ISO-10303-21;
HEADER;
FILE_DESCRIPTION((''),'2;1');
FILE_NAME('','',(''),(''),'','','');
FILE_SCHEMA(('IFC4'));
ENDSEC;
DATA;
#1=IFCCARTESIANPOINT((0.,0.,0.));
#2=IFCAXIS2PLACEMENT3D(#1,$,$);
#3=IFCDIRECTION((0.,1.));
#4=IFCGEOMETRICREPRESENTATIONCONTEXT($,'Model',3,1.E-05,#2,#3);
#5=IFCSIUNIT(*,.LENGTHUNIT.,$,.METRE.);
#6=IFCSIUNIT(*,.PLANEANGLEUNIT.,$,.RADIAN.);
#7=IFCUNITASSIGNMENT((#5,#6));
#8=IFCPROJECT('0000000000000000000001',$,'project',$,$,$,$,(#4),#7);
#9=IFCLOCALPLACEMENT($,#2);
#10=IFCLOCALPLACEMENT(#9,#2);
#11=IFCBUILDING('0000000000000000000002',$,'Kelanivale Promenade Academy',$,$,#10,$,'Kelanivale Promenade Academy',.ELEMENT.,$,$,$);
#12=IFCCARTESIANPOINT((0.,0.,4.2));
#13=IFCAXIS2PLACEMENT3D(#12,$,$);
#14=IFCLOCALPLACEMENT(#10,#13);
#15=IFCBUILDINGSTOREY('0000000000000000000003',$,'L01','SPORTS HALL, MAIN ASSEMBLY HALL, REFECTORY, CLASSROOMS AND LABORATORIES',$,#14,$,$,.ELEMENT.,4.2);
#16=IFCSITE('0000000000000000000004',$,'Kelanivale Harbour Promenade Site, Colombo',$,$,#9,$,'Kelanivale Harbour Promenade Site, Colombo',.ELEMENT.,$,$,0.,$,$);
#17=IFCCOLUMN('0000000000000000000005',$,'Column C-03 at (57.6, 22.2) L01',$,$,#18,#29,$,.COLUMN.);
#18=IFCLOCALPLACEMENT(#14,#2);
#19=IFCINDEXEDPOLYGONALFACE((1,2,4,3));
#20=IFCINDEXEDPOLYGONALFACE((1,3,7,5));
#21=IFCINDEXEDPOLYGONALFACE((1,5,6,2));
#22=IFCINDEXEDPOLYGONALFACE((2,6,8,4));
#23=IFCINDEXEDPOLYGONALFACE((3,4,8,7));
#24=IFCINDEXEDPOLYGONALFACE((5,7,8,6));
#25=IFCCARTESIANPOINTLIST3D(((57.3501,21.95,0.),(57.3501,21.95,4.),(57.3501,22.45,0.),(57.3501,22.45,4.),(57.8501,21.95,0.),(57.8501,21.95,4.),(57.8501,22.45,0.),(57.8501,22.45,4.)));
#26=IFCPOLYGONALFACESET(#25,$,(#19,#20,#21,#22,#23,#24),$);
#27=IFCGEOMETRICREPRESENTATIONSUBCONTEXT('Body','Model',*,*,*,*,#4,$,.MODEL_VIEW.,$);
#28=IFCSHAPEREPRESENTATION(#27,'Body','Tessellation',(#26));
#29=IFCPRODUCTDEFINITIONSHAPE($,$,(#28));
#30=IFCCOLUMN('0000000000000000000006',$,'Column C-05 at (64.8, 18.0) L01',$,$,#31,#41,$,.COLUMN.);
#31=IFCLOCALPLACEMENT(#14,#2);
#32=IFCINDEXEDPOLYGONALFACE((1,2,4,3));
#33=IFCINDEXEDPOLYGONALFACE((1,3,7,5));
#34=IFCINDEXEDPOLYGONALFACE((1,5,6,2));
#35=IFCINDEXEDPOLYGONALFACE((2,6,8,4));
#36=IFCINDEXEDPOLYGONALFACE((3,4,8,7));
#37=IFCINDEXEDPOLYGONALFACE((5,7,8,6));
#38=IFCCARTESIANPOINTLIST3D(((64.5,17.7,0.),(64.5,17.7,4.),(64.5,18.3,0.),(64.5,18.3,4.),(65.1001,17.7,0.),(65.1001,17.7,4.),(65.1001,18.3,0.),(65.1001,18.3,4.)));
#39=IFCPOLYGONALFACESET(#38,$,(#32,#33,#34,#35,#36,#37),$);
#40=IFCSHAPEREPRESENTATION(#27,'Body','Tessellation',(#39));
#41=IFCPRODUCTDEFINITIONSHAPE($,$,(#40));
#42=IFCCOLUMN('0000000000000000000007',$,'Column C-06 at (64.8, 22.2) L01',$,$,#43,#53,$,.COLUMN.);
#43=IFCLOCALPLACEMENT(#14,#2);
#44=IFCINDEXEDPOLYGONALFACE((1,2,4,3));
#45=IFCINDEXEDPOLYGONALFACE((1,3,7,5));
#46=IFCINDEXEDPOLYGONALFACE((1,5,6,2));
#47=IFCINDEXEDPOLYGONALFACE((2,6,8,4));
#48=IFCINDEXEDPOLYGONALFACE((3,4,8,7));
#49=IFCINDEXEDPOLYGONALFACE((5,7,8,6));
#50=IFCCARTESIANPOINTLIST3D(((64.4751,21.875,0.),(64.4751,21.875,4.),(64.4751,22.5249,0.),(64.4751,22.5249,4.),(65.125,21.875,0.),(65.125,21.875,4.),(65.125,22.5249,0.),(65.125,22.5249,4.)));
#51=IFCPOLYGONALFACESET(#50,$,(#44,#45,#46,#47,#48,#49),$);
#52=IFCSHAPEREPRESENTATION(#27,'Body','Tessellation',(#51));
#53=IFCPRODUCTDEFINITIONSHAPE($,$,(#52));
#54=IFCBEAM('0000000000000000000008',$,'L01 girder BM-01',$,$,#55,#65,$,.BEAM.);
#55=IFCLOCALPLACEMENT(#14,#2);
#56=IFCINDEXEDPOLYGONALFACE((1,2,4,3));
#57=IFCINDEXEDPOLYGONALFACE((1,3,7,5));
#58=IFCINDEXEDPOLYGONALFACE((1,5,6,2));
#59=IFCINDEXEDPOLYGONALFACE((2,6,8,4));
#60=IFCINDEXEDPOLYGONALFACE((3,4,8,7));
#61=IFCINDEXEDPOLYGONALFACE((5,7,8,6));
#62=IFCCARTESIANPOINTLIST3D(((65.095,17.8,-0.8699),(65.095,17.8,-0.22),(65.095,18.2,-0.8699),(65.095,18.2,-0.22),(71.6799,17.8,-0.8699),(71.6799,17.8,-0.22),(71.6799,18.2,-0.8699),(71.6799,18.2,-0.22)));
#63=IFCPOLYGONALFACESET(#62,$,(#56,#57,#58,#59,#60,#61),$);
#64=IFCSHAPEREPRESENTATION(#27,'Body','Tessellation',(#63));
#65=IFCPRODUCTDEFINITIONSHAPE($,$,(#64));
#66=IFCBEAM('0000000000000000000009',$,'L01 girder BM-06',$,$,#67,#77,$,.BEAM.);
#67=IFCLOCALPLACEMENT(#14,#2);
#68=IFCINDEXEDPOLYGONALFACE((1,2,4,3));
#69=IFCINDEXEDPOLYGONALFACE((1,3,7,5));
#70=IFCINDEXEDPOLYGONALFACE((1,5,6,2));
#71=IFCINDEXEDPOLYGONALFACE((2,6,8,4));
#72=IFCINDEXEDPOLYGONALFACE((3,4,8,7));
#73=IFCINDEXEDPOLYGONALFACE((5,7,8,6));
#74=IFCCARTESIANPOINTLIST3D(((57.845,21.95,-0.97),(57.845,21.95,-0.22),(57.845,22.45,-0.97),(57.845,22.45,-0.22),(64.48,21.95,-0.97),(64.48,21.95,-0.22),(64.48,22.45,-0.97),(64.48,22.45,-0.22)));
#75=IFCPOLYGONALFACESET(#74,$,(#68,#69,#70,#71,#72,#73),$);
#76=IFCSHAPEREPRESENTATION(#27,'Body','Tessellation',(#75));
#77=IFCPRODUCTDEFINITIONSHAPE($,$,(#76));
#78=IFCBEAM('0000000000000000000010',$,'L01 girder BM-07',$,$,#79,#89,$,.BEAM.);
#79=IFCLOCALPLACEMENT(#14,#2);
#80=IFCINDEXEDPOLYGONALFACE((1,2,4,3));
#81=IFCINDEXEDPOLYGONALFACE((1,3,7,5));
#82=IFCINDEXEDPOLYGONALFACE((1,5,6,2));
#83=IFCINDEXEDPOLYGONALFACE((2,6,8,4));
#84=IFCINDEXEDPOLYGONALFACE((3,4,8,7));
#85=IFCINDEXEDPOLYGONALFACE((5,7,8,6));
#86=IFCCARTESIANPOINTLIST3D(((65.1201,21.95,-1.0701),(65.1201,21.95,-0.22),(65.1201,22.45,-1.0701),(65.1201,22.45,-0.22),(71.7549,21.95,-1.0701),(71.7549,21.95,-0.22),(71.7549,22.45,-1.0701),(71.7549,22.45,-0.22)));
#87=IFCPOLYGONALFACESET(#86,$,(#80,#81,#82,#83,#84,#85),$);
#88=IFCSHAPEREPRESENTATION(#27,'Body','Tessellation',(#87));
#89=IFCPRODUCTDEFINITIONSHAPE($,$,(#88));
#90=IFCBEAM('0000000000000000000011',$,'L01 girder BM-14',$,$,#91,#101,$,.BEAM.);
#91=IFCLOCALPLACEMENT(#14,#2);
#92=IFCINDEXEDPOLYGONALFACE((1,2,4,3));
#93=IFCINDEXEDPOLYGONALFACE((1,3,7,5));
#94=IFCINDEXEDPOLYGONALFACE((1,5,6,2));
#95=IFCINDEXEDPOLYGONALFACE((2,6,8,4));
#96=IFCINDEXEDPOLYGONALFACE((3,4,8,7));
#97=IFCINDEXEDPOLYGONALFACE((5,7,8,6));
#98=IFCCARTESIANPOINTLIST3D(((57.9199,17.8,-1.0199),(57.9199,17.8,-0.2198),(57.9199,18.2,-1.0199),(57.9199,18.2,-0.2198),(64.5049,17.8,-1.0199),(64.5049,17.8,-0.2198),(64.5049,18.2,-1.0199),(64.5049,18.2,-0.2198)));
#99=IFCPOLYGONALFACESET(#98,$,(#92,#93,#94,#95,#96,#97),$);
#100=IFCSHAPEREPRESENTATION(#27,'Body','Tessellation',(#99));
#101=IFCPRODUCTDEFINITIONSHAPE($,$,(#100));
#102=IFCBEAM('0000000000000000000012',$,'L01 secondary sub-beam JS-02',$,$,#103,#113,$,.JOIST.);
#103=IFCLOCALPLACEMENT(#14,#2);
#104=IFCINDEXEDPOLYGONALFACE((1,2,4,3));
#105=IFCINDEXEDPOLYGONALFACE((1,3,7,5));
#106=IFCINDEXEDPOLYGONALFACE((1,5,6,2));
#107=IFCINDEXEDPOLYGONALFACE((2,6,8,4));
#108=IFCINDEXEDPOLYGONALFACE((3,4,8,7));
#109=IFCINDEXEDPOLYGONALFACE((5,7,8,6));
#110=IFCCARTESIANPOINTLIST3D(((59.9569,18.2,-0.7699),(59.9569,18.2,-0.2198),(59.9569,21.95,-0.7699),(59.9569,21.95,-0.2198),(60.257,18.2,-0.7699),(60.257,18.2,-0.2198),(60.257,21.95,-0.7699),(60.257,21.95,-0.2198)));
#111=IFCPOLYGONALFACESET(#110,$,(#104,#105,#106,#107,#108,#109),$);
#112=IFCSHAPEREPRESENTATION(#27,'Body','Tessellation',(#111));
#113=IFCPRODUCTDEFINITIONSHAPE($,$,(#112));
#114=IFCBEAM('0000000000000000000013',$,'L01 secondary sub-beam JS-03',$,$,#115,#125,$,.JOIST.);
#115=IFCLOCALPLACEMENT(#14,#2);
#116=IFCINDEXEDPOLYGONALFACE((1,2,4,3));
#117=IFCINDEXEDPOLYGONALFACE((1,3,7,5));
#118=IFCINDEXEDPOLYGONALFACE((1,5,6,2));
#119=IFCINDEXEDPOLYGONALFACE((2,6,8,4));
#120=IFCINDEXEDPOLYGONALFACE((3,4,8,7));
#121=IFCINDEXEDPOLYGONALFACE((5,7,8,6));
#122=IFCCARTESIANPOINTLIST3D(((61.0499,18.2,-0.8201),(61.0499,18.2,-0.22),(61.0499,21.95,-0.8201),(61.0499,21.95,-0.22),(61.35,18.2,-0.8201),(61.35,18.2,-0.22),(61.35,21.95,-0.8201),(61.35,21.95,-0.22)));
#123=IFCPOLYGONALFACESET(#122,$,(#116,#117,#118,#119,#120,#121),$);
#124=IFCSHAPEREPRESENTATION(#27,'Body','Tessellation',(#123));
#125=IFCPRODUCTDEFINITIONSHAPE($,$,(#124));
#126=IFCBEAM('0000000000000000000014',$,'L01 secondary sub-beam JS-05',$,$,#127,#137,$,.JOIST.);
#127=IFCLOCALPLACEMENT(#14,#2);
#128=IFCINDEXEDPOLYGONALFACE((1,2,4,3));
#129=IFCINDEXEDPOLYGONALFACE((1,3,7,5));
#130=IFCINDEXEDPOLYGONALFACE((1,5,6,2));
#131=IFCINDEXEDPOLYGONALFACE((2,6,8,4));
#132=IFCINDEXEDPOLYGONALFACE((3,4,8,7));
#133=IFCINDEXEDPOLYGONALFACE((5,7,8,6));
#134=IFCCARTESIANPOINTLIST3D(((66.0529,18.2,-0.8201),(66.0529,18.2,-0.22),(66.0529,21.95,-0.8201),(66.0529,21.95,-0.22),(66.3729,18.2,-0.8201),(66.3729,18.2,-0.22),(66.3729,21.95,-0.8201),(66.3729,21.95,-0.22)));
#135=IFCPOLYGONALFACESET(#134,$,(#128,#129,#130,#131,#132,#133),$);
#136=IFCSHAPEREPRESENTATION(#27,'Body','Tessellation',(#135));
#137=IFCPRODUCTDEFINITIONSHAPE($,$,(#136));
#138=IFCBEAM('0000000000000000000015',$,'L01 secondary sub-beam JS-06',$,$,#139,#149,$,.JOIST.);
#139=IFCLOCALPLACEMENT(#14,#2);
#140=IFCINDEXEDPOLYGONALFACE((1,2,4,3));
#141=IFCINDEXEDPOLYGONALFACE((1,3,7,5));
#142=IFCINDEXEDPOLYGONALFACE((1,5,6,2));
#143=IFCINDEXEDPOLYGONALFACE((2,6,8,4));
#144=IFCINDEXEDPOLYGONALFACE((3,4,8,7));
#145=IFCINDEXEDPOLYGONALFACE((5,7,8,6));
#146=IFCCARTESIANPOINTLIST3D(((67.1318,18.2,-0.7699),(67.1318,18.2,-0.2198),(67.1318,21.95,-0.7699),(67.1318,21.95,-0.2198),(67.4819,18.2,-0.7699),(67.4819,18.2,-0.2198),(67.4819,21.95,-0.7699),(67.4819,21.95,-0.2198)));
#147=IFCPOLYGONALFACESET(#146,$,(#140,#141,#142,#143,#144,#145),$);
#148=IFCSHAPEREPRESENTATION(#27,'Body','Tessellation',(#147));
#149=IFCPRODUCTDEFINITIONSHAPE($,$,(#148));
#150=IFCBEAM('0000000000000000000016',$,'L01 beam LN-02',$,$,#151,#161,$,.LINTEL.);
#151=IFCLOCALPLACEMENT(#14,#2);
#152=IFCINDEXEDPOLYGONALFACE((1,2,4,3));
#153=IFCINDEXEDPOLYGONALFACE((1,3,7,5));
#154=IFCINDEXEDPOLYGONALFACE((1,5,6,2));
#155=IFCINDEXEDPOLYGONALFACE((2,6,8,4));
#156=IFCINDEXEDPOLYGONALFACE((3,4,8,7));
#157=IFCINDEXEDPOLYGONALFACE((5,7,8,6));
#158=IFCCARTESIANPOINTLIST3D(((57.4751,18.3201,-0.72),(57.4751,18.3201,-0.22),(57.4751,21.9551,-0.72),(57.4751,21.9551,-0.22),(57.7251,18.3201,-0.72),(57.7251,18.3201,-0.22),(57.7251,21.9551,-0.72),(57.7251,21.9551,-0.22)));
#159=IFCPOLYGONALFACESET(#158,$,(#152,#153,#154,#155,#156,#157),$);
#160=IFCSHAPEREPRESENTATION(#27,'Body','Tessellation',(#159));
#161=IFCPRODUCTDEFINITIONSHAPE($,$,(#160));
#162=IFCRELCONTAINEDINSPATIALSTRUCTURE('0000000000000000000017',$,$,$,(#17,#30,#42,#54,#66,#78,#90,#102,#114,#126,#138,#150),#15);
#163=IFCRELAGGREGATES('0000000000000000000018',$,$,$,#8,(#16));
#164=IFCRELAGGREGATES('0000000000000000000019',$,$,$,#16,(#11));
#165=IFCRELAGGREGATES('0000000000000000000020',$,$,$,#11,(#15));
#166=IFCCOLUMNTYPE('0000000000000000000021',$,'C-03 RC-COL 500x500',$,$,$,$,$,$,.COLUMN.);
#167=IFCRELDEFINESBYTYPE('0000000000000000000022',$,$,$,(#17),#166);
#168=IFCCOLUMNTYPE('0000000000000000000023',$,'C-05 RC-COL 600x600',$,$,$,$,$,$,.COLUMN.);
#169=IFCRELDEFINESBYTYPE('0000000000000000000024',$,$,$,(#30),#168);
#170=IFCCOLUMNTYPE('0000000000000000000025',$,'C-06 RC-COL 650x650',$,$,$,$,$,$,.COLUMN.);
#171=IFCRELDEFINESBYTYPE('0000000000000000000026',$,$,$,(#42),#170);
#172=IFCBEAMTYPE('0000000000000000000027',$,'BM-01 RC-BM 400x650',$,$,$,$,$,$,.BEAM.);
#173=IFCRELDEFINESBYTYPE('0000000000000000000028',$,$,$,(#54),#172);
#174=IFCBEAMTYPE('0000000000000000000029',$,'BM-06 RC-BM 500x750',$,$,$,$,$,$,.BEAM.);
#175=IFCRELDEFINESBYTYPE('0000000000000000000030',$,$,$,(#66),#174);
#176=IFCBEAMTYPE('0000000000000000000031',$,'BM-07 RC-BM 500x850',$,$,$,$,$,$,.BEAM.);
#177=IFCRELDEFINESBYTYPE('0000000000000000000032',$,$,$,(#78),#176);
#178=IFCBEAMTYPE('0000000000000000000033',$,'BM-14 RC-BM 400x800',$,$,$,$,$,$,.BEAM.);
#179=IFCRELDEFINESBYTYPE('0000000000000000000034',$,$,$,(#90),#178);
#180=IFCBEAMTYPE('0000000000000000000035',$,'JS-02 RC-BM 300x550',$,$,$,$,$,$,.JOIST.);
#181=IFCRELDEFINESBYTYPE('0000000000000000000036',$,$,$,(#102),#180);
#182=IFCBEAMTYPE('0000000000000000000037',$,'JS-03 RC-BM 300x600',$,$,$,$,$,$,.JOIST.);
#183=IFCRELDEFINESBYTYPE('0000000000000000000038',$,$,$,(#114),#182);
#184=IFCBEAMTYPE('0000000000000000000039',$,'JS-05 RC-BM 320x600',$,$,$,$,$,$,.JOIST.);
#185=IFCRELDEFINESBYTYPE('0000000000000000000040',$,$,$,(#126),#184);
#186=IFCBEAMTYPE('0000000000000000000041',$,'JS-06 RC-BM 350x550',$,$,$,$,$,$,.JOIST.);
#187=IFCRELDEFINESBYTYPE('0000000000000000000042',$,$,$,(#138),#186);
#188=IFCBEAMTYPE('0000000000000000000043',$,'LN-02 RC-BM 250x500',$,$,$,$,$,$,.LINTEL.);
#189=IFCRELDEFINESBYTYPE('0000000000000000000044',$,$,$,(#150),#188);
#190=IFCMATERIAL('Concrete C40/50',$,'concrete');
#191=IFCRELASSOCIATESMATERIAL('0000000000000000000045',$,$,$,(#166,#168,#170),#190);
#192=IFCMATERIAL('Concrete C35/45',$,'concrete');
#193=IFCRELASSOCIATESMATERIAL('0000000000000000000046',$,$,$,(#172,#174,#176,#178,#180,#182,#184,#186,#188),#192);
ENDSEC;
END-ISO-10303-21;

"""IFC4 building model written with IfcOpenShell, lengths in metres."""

from ifc_helpers import new_model, si_unit, direction, frame, origin, origin_2d, place, context, subcontext, project, spatial, rectangle, extrude, material, material_profile, profile_set, type_object, element, save


model = new_model("IFC4")

# Units and contexts
model_context = context("Model", 3, precision=1e-05, world=origin(), true_north=direction((0.0, 1.0)))
body_context = subcontext(model_context, "Body", "Model", "MODEL_VIEW")
ifc_project = project(units=[si_unit("LENGTHUNIT", "METRE"), si_unit("PLANEANGLEUNIT", "RADIAN")], contexts=[model_context])

# Site, building, storey
site_placement = place(None, origin())
site = spatial("IfcSite", under=ifc_project, at=site_placement, Name="Kelanivale Harbour Promenade Site, Colombo", LongName="Kelanivale Harbour Promenade Site, Colombo", CompositionType="ELEMENT", RefElevation=0.0)
building_placement = place(site_placement, origin())
building = spatial("IfcBuilding", under=site, at=building_placement, Name="Kelanivale Promenade Academy", LongName="Kelanivale Promenade Academy", CompositionType="ELEMENT")
storey_placement = place(building_placement, frame((0.0, 0.0, 4.2)))
storey = spatial("IfcBuildingStorey", under=building, at=storey_placement, Name="L01", Description="SPORTS HALL, MAIN ASSEMBLY HALL, REFECTORY, CLASSROOMS AND LABORATORIES", CompositionType="ELEMENT", Elevation=4.2)

# Columns
ifc_material_1 = material(Name="Concrete C40/50", Category="concrete")
ifc_material_profile_1 = material_profile(ifc_material_1, rectangle(XDim=0.5, YDim=0.5, at=origin_2d()), Name="RC-COL 500x500")
ifc_profile_set_1 = profile_set([ifc_material_profile_1], Name="Concrete C40/50")
column_type_1 = type_object("IfcColumnType", Name="C-03 RC-COL 500x500", PredefinedType="COLUMN", material=ifc_profile_set_1)
column_1_placement = place(storey_placement, frame((57.6001, 22.2, 0.0), z_axis=(0.0, 0.0, 1.0), x_axis=(1.0, 0.0, 0.0)))
element("IfcColumn", 1, at=column_1_placement, inside=storey, type_object=column_type_1, Name="Column C-03 at (57.6, 22.2) L01", PredefinedType="COLUMN", context=body_context, shape_type="SweptSolid", body=[
    extrude(rectangle(XDim=0.5, YDim=0.5, at=origin_2d()), origin(), (0.0, 0.0, 1.0), 4.0),
])
ifc_material_profile_2 = material_profile(ifc_material_1, rectangle(XDim=0.6001, YDim=0.6001, at=origin_2d()), Name="RC-COL 600x600")
ifc_profile_set_2 = profile_set([ifc_material_profile_2], Name="Concrete C40/50")
column_type_2 = type_object("IfcColumnType", Name="C-05 RC-COL 600x600", PredefinedType="COLUMN", material=ifc_profile_set_2)
column_2_placement = place(storey_placement, frame((64.8, 18.0, 0.0), z_axis=(0.0, 0.0, 1.0), x_axis=(1.0, 0.0, 0.0)))
element("IfcColumn", 2, at=column_2_placement, inside=storey, type_object=column_type_2, Name="Column C-05 at (64.8, 18.0) L01", PredefinedType="COLUMN", context=body_context, shape_type="SweptSolid", body=[
    extrude(rectangle(XDim=0.6001, YDim=0.6001, at=origin_2d()), origin(), (0.0, 0.0, 1.0), 4.0),
])
ifc_material_profile_3 = material_profile(ifc_material_1, rectangle(XDim=0.6499, YDim=0.6499, at=origin_2d()), Name="RC-COL 650x650")
ifc_profile_set_3 = profile_set([ifc_material_profile_3], Name="Concrete C40/50")
column_type_3 = type_object("IfcColumnType", Name="C-06 RC-COL 650x650", PredefinedType="COLUMN", material=ifc_profile_set_3)
column_3_placement = place(storey_placement, frame((64.8, 22.2, 0.0), z_axis=(0.0, 0.0, 1.0), x_axis=(1.0, 0.0, 0.0)))
element("IfcColumn", 3, at=column_3_placement, inside=storey, type_object=column_type_3, Name="Column C-06 at (64.8, 22.2) L01", PredefinedType="COLUMN", context=body_context, shape_type="SweptSolid", body=[
    extrude(rectangle(XDim=0.6499, YDim=0.6499, at=origin_2d()), origin(), (0.0, 0.0, 1.0), 4.0),
])

# Beams
ifc_material_2 = material(Name="Concrete C35/45", Category="concrete")
ifc_material_profile_4 = material_profile(ifc_material_2, rectangle(XDim=0.3999, YDim=0.6499, at=origin_2d()), Name="RC-BM 400x650")
ifc_profile_set_4 = profile_set([ifc_material_profile_4], Name="Concrete C35/45")
beam_type_1 = type_object("IfcBeamType", Name="BM-01 RC-BM 400x650", PredefinedType="BEAM", material=ifc_profile_set_4)
beam_1_placement = place(storey_placement, frame((65.095, 18.0, -0.5449), z_axis=(1.0, 0.0, 0.0), x_axis=(0.0, 1.0, 0.0)))
element("IfcBeam", 4, at=beam_1_placement, inside=storey, type_object=beam_type_1, Name="L01 girder BM-01", PredefinedType="BEAM", context=body_context, shape_type="SweptSolid", body=[
    extrude(rectangle(XDim=0.3999, YDim=0.6499, at=origin_2d()), origin(), (0.0, 0.0, 1.0), 6.585),
])
ifc_material_profile_5 = material_profile(ifc_material_2, rectangle(XDim=0.5, YDim=0.75, at=origin_2d()), Name="RC-BM 500x750")
ifc_profile_set_5 = profile_set([ifc_material_profile_5], Name="Concrete C35/45")
beam_type_2 = type_object("IfcBeamType", Name="BM-06 RC-BM 500x750", PredefinedType="BEAM", material=ifc_profile_set_5)
beam_2_placement = place(storey_placement, frame((57.845, 22.2, -0.595), z_axis=(1.0, 0.0, 0.0), x_axis=(0.0, 1.0, 0.0)))
element("IfcBeam", 5, at=beam_2_placement, inside=storey, type_object=beam_type_2, Name="L01 girder BM-06", PredefinedType="BEAM", context=body_context, shape_type="SweptSolid", body=[
    extrude(rectangle(XDim=0.5, YDim=0.75, at=origin_2d()), origin(), (0.0, 0.0, 1.0), 6.635),
])
ifc_material_profile_6 = material_profile(ifc_material_2, rectangle(XDim=0.5, YDim=0.8501, at=origin_2d()), Name="RC-BM 500x850")
ifc_profile_set_6 = profile_set([ifc_material_profile_6], Name="Concrete C35/45")
beam_type_3 = type_object("IfcBeamType", Name="BM-07 RC-BM 500x850", PredefinedType="BEAM", material=ifc_profile_set_6)
beam_3_placement = place(storey_placement, frame((65.1201, 22.2, -0.645), z_axis=(1.0, 0.0, 0.0), x_axis=(0.0, 1.0, 0.0)))
element("IfcBeam", 6, at=beam_3_placement, inside=storey, type_object=beam_type_3, Name="L01 girder BM-07", PredefinedType="BEAM", context=body_context, shape_type="SweptSolid", body=[
    extrude(rectangle(XDim=0.5, YDim=0.8501, at=origin_2d()), origin(), (0.0, 0.0, 1.0), 6.6348),
])
ifc_material_profile_7 = material_profile(ifc_material_2, rectangle(XDim=0.3999, YDim=0.8, at=origin_2d()), Name="RC-BM 400x800")
ifc_profile_set_7 = profile_set([ifc_material_profile_7], Name="Concrete C35/45")
beam_type_4 = type_object("IfcBeamType", Name="BM-14 RC-BM 400x800", PredefinedType="BEAM", material=ifc_profile_set_7)
beam_4_placement = place(storey_placement, frame((57.9199, 18.0, -0.6199), z_axis=(1.0, 0.0, 0.0), x_axis=(0.0, 1.0, 0.0)))
element("IfcBeam", 7, at=beam_4_placement, inside=storey, type_object=beam_type_4, Name="L01 girder BM-14", PredefinedType="BEAM", context=body_context, shape_type="SweptSolid", body=[
    extrude(rectangle(XDim=0.3999, YDim=0.8, at=origin_2d()), origin(), (0.0, 0.0, 1.0), 6.585),
])
ifc_material_profile_8 = material_profile(ifc_material_2, rectangle(XDim=0.3, YDim=0.55, at=origin_2d()), Name="RC-BM 300x550")
ifc_profile_set_8 = profile_set([ifc_material_profile_8], Name="Concrete C35/45")
beam_type_5 = type_object("IfcBeamType", Name="JS-02 RC-BM 300x550", PredefinedType="JOIST", material=ifc_profile_set_8)
beam_5_placement = place(storey_placement, frame((60.1069, 18.2, -0.4949), z_axis=(0.0, 1.0, 0.0), x_axis=(-1.0, 0.0, 0.0)))
element("IfcBeam", 8, at=beam_5_placement, inside=storey, type_object=beam_type_5, Name="L01 secondary sub-beam JS-02", PredefinedType="JOIST", context=body_context, shape_type="SweptSolid", body=[
    extrude(rectangle(XDim=0.3, YDim=0.55, at=origin_2d()), origin(), (0.0, 0.0, 1.0), 3.75),
])
ifc_material_profile_9 = material_profile(ifc_material_2, rectangle(XDim=0.3, YDim=0.6001, at=origin_2d()), Name="RC-BM 300x600")
ifc_profile_set_9 = profile_set([ifc_material_profile_9], Name="Concrete C35/45")
beam_type_6 = type_object("IfcBeamType", Name="JS-03 RC-BM 300x600", PredefinedType="JOIST", material=ifc_profile_set_9)
beam_6_placement = place(storey_placement, frame((61.2, 18.2, -0.52), z_axis=(0.0, 1.0, 0.0), x_axis=(-1.0, 0.0, 0.0)))
element("IfcBeam", 9, at=beam_6_placement, inside=storey, type_object=beam_type_6, Name="L01 secondary sub-beam JS-03", PredefinedType="JOIST", context=body_context, shape_type="SweptSolid", body=[
    extrude(rectangle(XDim=0.3, YDim=0.6001, at=origin_2d()), origin(), (0.0, 0.0, 1.0), 3.75),
])
ifc_material_profile_10 = material_profile(ifc_material_2, rectangle(XDim=0.3201, YDim=0.6001, at=origin_2d()), Name="RC-BM 320x600")
ifc_profile_set_10 = profile_set([ifc_material_profile_10], Name="Concrete C35/45")
beam_type_7 = type_object("IfcBeamType", Name="JS-05 RC-BM 320x600", PredefinedType="JOIST", material=ifc_profile_set_10)
beam_7_placement = place(storey_placement, frame((66.2129, 18.2, -0.52), z_axis=(0.0, 1.0, 0.0), x_axis=(-1.0, 0.0, 0.0)))
element("IfcBeam", 10, at=beam_7_placement, inside=storey, type_object=beam_type_7, Name="L01 secondary sub-beam JS-05", PredefinedType="JOIST", context=body_context, shape_type="SweptSolid", body=[
    extrude(rectangle(XDim=0.3201, YDim=0.6001, at=origin_2d()), origin(), (0.0, 0.0, 1.0), 3.75),
])
ifc_material_profile_11 = material_profile(ifc_material_2, rectangle(XDim=0.3501, YDim=0.55, at=origin_2d()), Name="RC-BM 350x550")
ifc_profile_set_11 = profile_set([ifc_material_profile_11], Name="Concrete C35/45")
beam_type_8 = type_object("IfcBeamType", Name="JS-06 RC-BM 350x550", PredefinedType="JOIST", material=ifc_profile_set_11)
beam_8_placement = place(storey_placement, frame((67.3069, 18.2, -0.4949), z_axis=(0.0, 1.0, 0.0), x_axis=(-1.0, 0.0, 0.0)))
element("IfcBeam", 11, at=beam_8_placement, inside=storey, type_object=beam_type_8, Name="L01 secondary sub-beam JS-06", PredefinedType="JOIST", context=body_context, shape_type="SweptSolid", body=[
    extrude(rectangle(XDim=0.3501, YDim=0.55, at=origin_2d()), origin(), (0.0, 0.0, 1.0), 3.75),
])
ifc_material_profile_12 = material_profile(ifc_material_2, rectangle(XDim=0.25, YDim=0.5, at=origin_2d()), Name="RC-BM 250x500")
ifc_profile_set_12 = profile_set([ifc_material_profile_12], Name="Concrete C35/45")
beam_type_9 = type_object("IfcBeamType", Name="LN-02 RC-BM 250x500", PredefinedType="LINTEL", material=ifc_profile_set_12)
beam_9_placement = place(storey_placement, frame((57.6001, 18.3201, -0.47), z_axis=(0.0, 1.0, 0.0), x_axis=(-1.0, 0.0, 0.0)))
element("IfcBeam", 12, at=beam_9_placement, inside=storey, type_object=beam_type_9, Name="L01 beam LN-02", PredefinedType="LINTEL", context=body_context, shape_type="SweptSolid", body=[
    extrude(rectangle(XDim=0.25, YDim=0.5, at=origin_2d()), origin(), (0.0, 0.0, 1.0), 3.635),
])

save(model, "model.ifc")
